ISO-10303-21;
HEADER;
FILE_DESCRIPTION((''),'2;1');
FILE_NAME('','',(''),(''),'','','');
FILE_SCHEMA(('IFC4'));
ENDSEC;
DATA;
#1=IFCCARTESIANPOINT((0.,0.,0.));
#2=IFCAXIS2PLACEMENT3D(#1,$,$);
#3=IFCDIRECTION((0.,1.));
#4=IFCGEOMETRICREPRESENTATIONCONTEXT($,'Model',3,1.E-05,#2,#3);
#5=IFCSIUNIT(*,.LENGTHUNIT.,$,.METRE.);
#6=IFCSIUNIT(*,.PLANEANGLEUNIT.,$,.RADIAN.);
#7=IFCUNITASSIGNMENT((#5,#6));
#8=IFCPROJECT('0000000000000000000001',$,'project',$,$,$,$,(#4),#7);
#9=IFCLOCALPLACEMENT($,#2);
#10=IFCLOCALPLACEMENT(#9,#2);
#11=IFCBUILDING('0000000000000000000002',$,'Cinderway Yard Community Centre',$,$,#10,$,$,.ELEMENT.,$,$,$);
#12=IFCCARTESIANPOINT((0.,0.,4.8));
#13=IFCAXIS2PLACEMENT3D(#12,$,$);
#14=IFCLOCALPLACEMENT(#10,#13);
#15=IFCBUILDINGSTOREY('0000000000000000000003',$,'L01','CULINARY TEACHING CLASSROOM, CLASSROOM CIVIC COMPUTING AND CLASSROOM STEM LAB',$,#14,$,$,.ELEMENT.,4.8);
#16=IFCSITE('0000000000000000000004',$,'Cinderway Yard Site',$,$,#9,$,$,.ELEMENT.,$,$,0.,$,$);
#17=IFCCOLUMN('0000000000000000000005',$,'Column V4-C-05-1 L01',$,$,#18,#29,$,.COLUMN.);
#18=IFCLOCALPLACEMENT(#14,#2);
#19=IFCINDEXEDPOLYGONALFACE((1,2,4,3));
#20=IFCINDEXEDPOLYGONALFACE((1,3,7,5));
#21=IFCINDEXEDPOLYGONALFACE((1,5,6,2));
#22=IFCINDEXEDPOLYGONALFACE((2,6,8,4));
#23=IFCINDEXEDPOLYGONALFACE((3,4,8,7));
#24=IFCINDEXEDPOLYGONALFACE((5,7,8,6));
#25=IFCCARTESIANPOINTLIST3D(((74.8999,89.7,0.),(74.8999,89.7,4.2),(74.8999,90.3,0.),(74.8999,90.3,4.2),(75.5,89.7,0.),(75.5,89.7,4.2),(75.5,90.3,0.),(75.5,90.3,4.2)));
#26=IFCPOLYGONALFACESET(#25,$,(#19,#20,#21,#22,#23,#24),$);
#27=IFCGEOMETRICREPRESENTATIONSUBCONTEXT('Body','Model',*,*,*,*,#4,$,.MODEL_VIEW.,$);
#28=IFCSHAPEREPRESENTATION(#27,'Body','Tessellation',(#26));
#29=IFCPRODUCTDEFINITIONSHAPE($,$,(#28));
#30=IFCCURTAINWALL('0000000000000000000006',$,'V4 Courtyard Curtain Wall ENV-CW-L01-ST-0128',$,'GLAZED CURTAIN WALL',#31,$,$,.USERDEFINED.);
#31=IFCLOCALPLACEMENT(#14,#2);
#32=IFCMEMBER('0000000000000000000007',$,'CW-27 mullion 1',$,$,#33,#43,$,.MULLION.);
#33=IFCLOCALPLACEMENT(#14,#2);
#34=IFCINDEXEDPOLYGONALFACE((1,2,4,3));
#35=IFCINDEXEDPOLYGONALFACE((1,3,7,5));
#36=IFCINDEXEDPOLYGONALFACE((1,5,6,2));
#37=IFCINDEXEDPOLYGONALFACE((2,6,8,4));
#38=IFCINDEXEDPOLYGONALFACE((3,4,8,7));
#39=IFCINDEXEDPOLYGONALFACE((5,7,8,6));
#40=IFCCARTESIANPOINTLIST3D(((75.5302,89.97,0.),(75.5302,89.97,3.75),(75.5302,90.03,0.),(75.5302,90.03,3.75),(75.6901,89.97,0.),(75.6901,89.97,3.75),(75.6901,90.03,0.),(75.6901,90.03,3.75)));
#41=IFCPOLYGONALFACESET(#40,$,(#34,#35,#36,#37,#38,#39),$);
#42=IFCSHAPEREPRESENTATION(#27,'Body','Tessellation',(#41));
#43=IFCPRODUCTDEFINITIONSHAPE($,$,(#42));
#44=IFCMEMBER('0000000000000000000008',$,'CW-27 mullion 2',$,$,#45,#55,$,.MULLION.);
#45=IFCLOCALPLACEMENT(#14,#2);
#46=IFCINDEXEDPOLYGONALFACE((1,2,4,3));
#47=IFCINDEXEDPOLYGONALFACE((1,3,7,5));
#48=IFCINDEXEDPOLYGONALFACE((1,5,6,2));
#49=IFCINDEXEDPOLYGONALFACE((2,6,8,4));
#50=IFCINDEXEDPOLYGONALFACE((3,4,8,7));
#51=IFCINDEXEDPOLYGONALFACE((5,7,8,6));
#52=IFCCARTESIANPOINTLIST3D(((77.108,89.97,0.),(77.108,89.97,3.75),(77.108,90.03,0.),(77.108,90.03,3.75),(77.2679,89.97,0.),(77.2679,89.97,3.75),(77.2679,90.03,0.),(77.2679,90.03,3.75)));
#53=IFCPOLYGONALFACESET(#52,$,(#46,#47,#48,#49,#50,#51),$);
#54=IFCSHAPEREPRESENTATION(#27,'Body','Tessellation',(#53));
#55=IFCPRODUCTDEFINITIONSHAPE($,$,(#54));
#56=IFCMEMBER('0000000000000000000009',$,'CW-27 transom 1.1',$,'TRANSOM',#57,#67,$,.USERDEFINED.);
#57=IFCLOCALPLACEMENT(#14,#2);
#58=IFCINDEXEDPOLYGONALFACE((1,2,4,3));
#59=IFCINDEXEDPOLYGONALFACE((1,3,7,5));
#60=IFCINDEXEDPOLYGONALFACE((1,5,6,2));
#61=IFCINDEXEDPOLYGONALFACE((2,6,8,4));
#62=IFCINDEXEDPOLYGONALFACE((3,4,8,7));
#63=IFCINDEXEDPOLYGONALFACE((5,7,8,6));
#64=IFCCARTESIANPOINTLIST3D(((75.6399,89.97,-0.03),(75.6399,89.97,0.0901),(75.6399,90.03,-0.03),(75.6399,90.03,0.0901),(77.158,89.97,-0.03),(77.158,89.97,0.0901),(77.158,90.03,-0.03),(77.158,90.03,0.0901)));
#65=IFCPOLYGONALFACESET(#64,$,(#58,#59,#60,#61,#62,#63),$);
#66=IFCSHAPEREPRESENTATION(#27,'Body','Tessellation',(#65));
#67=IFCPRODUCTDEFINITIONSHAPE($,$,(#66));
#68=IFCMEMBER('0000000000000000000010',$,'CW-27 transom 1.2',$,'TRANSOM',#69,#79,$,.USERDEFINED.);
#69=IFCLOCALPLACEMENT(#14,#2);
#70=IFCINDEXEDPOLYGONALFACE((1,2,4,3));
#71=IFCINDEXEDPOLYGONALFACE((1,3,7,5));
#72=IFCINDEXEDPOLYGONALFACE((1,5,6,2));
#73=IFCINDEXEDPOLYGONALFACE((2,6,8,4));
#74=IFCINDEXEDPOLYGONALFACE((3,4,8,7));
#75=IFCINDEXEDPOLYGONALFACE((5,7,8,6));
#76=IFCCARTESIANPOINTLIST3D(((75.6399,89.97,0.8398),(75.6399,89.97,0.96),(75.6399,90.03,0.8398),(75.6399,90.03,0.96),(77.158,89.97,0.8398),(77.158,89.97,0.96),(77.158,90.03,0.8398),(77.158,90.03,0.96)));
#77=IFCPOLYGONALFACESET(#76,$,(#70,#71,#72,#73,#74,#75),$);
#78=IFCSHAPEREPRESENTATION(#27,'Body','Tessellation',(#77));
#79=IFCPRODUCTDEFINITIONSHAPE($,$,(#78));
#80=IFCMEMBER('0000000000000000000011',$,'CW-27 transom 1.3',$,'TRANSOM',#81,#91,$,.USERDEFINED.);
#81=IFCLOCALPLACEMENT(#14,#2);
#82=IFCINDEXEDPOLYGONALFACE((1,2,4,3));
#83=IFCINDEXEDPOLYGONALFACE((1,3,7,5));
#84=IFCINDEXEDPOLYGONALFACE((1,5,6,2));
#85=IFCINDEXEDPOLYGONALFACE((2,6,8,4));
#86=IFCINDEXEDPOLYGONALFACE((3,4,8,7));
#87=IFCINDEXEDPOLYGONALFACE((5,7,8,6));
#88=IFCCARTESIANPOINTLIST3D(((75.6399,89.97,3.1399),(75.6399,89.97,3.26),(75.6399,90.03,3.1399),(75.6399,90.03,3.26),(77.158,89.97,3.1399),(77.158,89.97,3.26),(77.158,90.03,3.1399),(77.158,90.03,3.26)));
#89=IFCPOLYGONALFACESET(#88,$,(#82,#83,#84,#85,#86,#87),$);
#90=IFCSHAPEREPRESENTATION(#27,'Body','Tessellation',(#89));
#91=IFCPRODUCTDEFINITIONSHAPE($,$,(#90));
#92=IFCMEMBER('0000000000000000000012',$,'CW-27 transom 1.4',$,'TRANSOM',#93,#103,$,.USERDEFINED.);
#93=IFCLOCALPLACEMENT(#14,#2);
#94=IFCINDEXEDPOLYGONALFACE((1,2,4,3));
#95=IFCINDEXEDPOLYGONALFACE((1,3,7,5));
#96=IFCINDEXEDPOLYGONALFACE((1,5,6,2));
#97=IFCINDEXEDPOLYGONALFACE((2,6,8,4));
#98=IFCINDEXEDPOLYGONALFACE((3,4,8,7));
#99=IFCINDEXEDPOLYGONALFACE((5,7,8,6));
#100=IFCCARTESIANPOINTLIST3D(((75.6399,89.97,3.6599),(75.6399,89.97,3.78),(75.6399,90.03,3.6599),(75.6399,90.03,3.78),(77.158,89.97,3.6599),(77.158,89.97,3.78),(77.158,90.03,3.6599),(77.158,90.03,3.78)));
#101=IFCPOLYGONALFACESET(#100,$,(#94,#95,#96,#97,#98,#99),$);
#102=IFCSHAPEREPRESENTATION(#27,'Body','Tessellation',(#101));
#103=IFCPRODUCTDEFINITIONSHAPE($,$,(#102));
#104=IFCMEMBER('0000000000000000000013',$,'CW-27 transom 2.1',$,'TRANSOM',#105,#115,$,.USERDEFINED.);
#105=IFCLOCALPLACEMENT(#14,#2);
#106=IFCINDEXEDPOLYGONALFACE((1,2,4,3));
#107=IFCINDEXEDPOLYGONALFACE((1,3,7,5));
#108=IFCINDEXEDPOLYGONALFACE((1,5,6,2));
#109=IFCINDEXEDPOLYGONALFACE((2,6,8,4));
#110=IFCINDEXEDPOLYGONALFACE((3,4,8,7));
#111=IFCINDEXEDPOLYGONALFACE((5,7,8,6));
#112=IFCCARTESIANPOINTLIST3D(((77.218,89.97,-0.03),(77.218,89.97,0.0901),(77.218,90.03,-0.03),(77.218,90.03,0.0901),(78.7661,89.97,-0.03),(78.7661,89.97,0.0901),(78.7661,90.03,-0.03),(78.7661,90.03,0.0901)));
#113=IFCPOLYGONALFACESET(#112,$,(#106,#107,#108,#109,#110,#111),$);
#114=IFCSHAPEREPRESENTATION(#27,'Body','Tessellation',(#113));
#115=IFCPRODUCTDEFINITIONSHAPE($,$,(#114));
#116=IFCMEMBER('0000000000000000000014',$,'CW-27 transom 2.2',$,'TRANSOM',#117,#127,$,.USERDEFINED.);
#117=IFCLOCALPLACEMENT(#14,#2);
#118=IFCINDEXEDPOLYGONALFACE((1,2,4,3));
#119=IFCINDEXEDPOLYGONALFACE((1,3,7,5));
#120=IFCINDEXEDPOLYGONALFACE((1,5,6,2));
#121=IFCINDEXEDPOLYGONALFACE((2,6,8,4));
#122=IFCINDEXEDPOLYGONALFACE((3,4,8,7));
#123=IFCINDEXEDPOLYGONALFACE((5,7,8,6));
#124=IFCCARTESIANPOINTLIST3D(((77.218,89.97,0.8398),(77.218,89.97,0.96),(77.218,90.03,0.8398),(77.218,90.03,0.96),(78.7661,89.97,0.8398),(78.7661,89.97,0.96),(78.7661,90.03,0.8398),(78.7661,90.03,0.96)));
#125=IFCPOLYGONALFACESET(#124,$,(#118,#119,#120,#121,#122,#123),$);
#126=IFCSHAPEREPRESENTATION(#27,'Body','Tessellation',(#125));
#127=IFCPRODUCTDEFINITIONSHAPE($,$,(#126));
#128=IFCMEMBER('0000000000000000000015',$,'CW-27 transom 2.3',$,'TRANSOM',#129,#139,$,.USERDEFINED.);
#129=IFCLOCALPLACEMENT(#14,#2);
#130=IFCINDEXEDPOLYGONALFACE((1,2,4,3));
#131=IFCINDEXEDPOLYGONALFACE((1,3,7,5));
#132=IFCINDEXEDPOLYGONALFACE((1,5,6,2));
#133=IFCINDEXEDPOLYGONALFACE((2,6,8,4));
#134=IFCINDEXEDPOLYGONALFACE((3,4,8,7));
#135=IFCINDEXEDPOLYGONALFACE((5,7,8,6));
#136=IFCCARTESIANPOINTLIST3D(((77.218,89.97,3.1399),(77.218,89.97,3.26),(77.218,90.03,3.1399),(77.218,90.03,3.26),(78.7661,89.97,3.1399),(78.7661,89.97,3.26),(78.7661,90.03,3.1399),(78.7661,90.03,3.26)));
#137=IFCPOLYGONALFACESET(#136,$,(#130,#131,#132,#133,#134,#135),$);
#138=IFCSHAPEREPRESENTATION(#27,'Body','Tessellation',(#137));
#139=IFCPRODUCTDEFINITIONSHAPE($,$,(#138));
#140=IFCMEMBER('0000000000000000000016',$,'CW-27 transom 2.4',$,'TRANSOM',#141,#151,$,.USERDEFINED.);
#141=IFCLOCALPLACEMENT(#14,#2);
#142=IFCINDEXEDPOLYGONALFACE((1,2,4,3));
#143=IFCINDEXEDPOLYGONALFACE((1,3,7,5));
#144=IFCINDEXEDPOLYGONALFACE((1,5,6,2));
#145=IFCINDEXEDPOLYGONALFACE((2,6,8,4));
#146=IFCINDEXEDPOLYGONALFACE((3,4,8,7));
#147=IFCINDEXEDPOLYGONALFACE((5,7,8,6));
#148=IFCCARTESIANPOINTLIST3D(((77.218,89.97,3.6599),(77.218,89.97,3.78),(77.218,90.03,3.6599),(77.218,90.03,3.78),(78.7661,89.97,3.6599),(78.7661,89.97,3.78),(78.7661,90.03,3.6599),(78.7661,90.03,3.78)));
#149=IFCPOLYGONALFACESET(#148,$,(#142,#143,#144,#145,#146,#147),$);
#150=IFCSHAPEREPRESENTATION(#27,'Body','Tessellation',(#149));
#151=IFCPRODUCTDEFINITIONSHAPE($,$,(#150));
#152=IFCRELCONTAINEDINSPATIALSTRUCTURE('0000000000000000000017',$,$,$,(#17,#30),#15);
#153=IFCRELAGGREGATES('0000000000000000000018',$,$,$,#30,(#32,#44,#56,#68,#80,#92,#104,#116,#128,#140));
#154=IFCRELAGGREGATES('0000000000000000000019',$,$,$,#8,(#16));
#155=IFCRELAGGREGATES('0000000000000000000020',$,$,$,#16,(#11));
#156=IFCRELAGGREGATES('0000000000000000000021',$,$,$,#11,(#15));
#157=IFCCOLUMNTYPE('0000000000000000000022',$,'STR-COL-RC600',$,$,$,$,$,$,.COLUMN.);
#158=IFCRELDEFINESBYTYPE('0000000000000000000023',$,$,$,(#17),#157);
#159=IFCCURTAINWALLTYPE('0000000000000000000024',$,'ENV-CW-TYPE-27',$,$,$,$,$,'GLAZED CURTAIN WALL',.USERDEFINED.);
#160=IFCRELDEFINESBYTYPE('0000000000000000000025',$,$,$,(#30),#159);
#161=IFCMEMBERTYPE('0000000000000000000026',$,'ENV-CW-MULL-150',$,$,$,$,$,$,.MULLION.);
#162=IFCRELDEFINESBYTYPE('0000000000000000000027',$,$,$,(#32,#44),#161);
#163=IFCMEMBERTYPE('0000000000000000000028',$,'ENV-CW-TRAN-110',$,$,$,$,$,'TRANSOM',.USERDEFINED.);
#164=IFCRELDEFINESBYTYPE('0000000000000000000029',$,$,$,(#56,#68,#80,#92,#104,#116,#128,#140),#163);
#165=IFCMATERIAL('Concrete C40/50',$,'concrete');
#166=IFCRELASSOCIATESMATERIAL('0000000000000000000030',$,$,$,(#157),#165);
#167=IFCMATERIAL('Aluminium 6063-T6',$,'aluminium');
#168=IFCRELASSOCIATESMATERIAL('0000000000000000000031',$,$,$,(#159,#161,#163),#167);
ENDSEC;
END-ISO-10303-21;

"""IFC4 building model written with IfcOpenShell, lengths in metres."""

from ifc_helpers import new_model, si_unit, direction, frame, origin, origin_2d, place, context, subcontext, project, spatial, rectangle, extrude, material, material_profile, profile_set, type_object, element, aggregate, save


model = new_model("IFC4")

# Units and contexts
model_context = context("Model", 3, precision=1e-05, world=origin(), true_north=direction((0.0, 1.0)))
body_context = subcontext(model_context, "Body", "Model", "MODEL_VIEW")
ifc_project = project(units=[si_unit("LENGTHUNIT", "METRE"), si_unit("PLANEANGLEUNIT", "RADIAN")], contexts=[model_context])

# Site, building, storey
site_placement = place(None, origin())
site = spatial("IfcSite", under=ifc_project, at=site_placement, Name="Cinderway Yard Site", CompositionType="ELEMENT", RefElevation=0.0)
building_placement = place(site_placement, origin())
building = spatial("IfcBuilding", under=site, at=building_placement, Name="Cinderway Yard Community Centre", CompositionType="ELEMENT")
storey_placement = place(building_placement, frame((0.0, 0.0, 4.8)))
storey = spatial("IfcBuildingStorey", under=building, at=storey_placement, Name="L01", Description="CULINARY TEACHING CLASSROOM, CLASSROOM CIVIC COMPUTING AND CLASSROOM STEM LAB", CompositionType="ELEMENT", Elevation=4.8)

# Column
ifc_material_1 = material(Name="Concrete C40/50", Category="concrete")
ifc_material_profile_1 = material_profile(ifc_material_1, rectangle(XDim=0.6001, YDim=0.6001, at=origin_2d()), Name="Concrete C40/50")
ifc_profile_set_1 = profile_set([ifc_material_profile_1], Name="Concrete C40/50")
column_type = type_object("IfcColumnType", Name="STR-COL-RC600", PredefinedType="COLUMN", material=ifc_profile_set_1)
column_placement = place(storey_placement, frame((75.2, 90.0, 0.0), z_axis=(0.0, 0.0, 1.0), x_axis=(1.0, 0.0, 0.0)))
element("IfcColumn", 1, at=column_placement, inside=storey, type_object=column_type, Name="Column V4-C-05-1 L01", PredefinedType="COLUMN", context=body_context, shape_type="SweptSolid", body=[
    extrude(rectangle(XDim=0.6001, YDim=0.6001, at=origin_2d()), origin(), (0.0, 0.0, 1.0), 4.2),
])

# Curtain wall, members
ifc_material_2 = material(Name="Aluminium 6063-T6", Category="aluminium")
curtain_wall_type = type_object("IfcCurtainWallType", Name="ENV-CW-TYPE-27", ElementType="GLAZED CURTAIN WALL", PredefinedType="USERDEFINED", material=ifc_material_2)
curtain_wall_placement = place(storey_placement, origin())
curtain_wall = element("IfcCurtainWall", 2, at=curtain_wall_placement, inside=storey, type_object=curtain_wall_type, Name="V4 Courtyard Curtain Wall ENV-CW-L01-ST-0128", ObjectType="GLAZED CURTAIN WALL", PredefinedType="USERDEFINED")
ifc_material_profile_2 = material_profile(ifc_material_2, rectangle(XDim=0.0601, YDim=0.1599, at=origin_2d()), Name="Aluminium 6063-T6")
ifc_profile_set_2 = profile_set([ifc_material_profile_2], Name="Aluminium 6063-T6")
member_type_1 = type_object("IfcMemberType", Name="ENV-CW-MULL-150", PredefinedType="MULLION", material=ifc_profile_set_2)
member_1_placement = place(storey_placement, frame((75.6101, 90.0, 0.0), z_axis=(0.0, 0.0, 1.0), x_axis=(0.0, 1.0, 0.0)))
member_1 = element("IfcMember", 3, at=member_1_placement, type_object=member_type_1, Name="CW-27 mullion 1", PredefinedType="MULLION", context=body_context, shape_type="SweptSolid", body=[
    extrude(rectangle(XDim=0.0601, YDim=0.1599, at=origin_2d()), origin(), (0.0, 0.0, 1.0), 3.75),
])
member_2_placement = place(storey_placement, frame((77.188, 90.0, 0.0), z_axis=(0.0, 0.0, 1.0), x_axis=(0.0, 1.0, 0.0)))
member_2 = element("IfcMember", 4, at=member_2_placement, type_object=member_type_1, Name="CW-27 mullion 2", PredefinedType="MULLION", context=body_context, shape_type="SweptSolid", body=[
    extrude(rectangle(XDim=0.0601, YDim=0.1599, at=origin_2d()), origin(), (0.0, 0.0, 1.0), 3.75),
])
ifc_material_profile_3 = material_profile(ifc_material_2, rectangle(XDim=0.0601, YDim=0.1201, at=origin_2d()), Name="Aluminium 6063-T6")
ifc_profile_set_3 = profile_set([ifc_material_profile_3], Name="Aluminium 6063-T6")
member_type_2 = type_object("IfcMemberType", Name="ENV-CW-TRAN-110", ElementType="TRANSOM", PredefinedType="USERDEFINED", material=ifc_profile_set_3)
member_3_placement = place(storey_placement, frame((75.6399, 90.0, 0.03), z_axis=(1.0, 0.0, 0.0), x_axis=(0.0, 1.0, 0.0)))
member_3 = element("IfcMember", 5, at=member_3_placement, type_object=member_type_2, Name="CW-27 transom 1.1", ObjectType="TRANSOM", PredefinedType="USERDEFINED", context=body_context, shape_type="SweptSolid", body=[
    extrude(rectangle(XDim=0.0601, YDim=0.1201, at=origin_2d()), origin(), (0.0, 0.0, 1.0), 1.5181),
])
member_4_placement = place(storey_placement, frame((75.6399, 90.0, 0.8999), z_axis=(1.0, 0.0, 0.0), x_axis=(0.0, 1.0, 0.0)))
member_4 = element("IfcMember", 6, at=member_4_placement, type_object=member_type_2, Name="CW-27 transom 1.2", ObjectType="TRANSOM", PredefinedType="USERDEFINED", context=body_context, shape_type="SweptSolid", body=[
    extrude(rectangle(XDim=0.0601, YDim=0.1201, at=origin_2d()), origin(), (0.0, 0.0, 1.0), 1.5181),
])
member_5_placement = place(storey_placement, frame((75.6399, 90.0, 3.2), z_axis=(1.0, 0.0, 0.0), x_axis=(0.0, 1.0, 0.0)))
member_5 = element("IfcMember", 7, at=member_5_placement, type_object=member_type_2, Name="CW-27 transom 1.3", ObjectType="TRANSOM", PredefinedType="USERDEFINED", context=body_context, shape_type="SweptSolid", body=[
    extrude(rectangle(XDim=0.0601, YDim=0.1201, at=origin_2d()), origin(), (0.0, 0.0, 1.0), 1.5181),
])
member_6_placement = place(storey_placement, frame((75.6399, 90.0, 3.72), z_axis=(1.0, 0.0, 0.0), x_axis=(0.0, 1.0, 0.0)))
member_6 = element("IfcMember", 8, at=member_6_placement, type_object=member_type_2, Name="CW-27 transom 1.4", ObjectType="TRANSOM", PredefinedType="USERDEFINED", context=body_context, shape_type="SweptSolid", body=[
    extrude(rectangle(XDim=0.0601, YDim=0.1201, at=origin_2d()), origin(), (0.0, 0.0, 1.0), 1.5181),
])
member_7_placement = place(storey_placement, frame((77.218, 90.0, 0.03), z_axis=(1.0, 0.0, 0.0), x_axis=(0.0, 1.0, 0.0)))
member_7 = element("IfcMember", 9, at=member_7_placement, type_object=member_type_2, Name="CW-27 transom 2.1", ObjectType="TRANSOM", PredefinedType="USERDEFINED", context=body_context, shape_type="SweptSolid", body=[
    extrude(rectangle(XDim=0.0601, YDim=0.1201, at=origin_2d()), origin(), (0.0, 0.0, 1.0), 1.5481),
])
member_8_placement = place(storey_placement, frame((77.218, 90.0, 0.8999), z_axis=(1.0, 0.0, 0.0), x_axis=(0.0, 1.0, 0.0)))
member_8 = element("IfcMember", 10, at=member_8_placement, type_object=member_type_2, Name="CW-27 transom 2.2", ObjectType="TRANSOM", PredefinedType="USERDEFINED", context=body_context, shape_type="SweptSolid", body=[
    extrude(rectangle(XDim=0.0601, YDim=0.1201, at=origin_2d()), origin(), (0.0, 0.0, 1.0), 1.5481),
])
member_9_placement = place(storey_placement, frame((77.218, 90.0, 3.2), z_axis=(1.0, 0.0, 0.0), x_axis=(0.0, 1.0, 0.0)))
member_9 = element("IfcMember", 11, at=member_9_placement, type_object=member_type_2, Name="CW-27 transom 2.3", ObjectType="TRANSOM", PredefinedType="USERDEFINED", context=body_context, shape_type="SweptSolid", body=[
    extrude(rectangle(XDim=0.0601, YDim=0.1201, at=origin_2d()), origin(), (0.0, 0.0, 1.0), 1.5481),
])
member_10_placement = place(storey_placement, frame((77.218, 90.0, 3.72), z_axis=(1.0, 0.0, 0.0), x_axis=(0.0, 1.0, 0.0)))
member_10 = element("IfcMember", 12, at=member_10_placement, type_object=member_type_2, Name="CW-27 transom 2.4", ObjectType="TRANSOM", PredefinedType="USERDEFINED", context=body_context, shape_type="SweptSolid", body=[
    extrude(rectangle(XDim=0.0601, YDim=0.1201, at=origin_2d()), origin(), (0.0, 0.0, 1.0), 1.5481),
])

aggregate(curtain_wall, [member_1, member_2, member_3, member_4, member_5, member_6, member_7, member_8, member_9, member_10])

save(model, "model.ifc")
